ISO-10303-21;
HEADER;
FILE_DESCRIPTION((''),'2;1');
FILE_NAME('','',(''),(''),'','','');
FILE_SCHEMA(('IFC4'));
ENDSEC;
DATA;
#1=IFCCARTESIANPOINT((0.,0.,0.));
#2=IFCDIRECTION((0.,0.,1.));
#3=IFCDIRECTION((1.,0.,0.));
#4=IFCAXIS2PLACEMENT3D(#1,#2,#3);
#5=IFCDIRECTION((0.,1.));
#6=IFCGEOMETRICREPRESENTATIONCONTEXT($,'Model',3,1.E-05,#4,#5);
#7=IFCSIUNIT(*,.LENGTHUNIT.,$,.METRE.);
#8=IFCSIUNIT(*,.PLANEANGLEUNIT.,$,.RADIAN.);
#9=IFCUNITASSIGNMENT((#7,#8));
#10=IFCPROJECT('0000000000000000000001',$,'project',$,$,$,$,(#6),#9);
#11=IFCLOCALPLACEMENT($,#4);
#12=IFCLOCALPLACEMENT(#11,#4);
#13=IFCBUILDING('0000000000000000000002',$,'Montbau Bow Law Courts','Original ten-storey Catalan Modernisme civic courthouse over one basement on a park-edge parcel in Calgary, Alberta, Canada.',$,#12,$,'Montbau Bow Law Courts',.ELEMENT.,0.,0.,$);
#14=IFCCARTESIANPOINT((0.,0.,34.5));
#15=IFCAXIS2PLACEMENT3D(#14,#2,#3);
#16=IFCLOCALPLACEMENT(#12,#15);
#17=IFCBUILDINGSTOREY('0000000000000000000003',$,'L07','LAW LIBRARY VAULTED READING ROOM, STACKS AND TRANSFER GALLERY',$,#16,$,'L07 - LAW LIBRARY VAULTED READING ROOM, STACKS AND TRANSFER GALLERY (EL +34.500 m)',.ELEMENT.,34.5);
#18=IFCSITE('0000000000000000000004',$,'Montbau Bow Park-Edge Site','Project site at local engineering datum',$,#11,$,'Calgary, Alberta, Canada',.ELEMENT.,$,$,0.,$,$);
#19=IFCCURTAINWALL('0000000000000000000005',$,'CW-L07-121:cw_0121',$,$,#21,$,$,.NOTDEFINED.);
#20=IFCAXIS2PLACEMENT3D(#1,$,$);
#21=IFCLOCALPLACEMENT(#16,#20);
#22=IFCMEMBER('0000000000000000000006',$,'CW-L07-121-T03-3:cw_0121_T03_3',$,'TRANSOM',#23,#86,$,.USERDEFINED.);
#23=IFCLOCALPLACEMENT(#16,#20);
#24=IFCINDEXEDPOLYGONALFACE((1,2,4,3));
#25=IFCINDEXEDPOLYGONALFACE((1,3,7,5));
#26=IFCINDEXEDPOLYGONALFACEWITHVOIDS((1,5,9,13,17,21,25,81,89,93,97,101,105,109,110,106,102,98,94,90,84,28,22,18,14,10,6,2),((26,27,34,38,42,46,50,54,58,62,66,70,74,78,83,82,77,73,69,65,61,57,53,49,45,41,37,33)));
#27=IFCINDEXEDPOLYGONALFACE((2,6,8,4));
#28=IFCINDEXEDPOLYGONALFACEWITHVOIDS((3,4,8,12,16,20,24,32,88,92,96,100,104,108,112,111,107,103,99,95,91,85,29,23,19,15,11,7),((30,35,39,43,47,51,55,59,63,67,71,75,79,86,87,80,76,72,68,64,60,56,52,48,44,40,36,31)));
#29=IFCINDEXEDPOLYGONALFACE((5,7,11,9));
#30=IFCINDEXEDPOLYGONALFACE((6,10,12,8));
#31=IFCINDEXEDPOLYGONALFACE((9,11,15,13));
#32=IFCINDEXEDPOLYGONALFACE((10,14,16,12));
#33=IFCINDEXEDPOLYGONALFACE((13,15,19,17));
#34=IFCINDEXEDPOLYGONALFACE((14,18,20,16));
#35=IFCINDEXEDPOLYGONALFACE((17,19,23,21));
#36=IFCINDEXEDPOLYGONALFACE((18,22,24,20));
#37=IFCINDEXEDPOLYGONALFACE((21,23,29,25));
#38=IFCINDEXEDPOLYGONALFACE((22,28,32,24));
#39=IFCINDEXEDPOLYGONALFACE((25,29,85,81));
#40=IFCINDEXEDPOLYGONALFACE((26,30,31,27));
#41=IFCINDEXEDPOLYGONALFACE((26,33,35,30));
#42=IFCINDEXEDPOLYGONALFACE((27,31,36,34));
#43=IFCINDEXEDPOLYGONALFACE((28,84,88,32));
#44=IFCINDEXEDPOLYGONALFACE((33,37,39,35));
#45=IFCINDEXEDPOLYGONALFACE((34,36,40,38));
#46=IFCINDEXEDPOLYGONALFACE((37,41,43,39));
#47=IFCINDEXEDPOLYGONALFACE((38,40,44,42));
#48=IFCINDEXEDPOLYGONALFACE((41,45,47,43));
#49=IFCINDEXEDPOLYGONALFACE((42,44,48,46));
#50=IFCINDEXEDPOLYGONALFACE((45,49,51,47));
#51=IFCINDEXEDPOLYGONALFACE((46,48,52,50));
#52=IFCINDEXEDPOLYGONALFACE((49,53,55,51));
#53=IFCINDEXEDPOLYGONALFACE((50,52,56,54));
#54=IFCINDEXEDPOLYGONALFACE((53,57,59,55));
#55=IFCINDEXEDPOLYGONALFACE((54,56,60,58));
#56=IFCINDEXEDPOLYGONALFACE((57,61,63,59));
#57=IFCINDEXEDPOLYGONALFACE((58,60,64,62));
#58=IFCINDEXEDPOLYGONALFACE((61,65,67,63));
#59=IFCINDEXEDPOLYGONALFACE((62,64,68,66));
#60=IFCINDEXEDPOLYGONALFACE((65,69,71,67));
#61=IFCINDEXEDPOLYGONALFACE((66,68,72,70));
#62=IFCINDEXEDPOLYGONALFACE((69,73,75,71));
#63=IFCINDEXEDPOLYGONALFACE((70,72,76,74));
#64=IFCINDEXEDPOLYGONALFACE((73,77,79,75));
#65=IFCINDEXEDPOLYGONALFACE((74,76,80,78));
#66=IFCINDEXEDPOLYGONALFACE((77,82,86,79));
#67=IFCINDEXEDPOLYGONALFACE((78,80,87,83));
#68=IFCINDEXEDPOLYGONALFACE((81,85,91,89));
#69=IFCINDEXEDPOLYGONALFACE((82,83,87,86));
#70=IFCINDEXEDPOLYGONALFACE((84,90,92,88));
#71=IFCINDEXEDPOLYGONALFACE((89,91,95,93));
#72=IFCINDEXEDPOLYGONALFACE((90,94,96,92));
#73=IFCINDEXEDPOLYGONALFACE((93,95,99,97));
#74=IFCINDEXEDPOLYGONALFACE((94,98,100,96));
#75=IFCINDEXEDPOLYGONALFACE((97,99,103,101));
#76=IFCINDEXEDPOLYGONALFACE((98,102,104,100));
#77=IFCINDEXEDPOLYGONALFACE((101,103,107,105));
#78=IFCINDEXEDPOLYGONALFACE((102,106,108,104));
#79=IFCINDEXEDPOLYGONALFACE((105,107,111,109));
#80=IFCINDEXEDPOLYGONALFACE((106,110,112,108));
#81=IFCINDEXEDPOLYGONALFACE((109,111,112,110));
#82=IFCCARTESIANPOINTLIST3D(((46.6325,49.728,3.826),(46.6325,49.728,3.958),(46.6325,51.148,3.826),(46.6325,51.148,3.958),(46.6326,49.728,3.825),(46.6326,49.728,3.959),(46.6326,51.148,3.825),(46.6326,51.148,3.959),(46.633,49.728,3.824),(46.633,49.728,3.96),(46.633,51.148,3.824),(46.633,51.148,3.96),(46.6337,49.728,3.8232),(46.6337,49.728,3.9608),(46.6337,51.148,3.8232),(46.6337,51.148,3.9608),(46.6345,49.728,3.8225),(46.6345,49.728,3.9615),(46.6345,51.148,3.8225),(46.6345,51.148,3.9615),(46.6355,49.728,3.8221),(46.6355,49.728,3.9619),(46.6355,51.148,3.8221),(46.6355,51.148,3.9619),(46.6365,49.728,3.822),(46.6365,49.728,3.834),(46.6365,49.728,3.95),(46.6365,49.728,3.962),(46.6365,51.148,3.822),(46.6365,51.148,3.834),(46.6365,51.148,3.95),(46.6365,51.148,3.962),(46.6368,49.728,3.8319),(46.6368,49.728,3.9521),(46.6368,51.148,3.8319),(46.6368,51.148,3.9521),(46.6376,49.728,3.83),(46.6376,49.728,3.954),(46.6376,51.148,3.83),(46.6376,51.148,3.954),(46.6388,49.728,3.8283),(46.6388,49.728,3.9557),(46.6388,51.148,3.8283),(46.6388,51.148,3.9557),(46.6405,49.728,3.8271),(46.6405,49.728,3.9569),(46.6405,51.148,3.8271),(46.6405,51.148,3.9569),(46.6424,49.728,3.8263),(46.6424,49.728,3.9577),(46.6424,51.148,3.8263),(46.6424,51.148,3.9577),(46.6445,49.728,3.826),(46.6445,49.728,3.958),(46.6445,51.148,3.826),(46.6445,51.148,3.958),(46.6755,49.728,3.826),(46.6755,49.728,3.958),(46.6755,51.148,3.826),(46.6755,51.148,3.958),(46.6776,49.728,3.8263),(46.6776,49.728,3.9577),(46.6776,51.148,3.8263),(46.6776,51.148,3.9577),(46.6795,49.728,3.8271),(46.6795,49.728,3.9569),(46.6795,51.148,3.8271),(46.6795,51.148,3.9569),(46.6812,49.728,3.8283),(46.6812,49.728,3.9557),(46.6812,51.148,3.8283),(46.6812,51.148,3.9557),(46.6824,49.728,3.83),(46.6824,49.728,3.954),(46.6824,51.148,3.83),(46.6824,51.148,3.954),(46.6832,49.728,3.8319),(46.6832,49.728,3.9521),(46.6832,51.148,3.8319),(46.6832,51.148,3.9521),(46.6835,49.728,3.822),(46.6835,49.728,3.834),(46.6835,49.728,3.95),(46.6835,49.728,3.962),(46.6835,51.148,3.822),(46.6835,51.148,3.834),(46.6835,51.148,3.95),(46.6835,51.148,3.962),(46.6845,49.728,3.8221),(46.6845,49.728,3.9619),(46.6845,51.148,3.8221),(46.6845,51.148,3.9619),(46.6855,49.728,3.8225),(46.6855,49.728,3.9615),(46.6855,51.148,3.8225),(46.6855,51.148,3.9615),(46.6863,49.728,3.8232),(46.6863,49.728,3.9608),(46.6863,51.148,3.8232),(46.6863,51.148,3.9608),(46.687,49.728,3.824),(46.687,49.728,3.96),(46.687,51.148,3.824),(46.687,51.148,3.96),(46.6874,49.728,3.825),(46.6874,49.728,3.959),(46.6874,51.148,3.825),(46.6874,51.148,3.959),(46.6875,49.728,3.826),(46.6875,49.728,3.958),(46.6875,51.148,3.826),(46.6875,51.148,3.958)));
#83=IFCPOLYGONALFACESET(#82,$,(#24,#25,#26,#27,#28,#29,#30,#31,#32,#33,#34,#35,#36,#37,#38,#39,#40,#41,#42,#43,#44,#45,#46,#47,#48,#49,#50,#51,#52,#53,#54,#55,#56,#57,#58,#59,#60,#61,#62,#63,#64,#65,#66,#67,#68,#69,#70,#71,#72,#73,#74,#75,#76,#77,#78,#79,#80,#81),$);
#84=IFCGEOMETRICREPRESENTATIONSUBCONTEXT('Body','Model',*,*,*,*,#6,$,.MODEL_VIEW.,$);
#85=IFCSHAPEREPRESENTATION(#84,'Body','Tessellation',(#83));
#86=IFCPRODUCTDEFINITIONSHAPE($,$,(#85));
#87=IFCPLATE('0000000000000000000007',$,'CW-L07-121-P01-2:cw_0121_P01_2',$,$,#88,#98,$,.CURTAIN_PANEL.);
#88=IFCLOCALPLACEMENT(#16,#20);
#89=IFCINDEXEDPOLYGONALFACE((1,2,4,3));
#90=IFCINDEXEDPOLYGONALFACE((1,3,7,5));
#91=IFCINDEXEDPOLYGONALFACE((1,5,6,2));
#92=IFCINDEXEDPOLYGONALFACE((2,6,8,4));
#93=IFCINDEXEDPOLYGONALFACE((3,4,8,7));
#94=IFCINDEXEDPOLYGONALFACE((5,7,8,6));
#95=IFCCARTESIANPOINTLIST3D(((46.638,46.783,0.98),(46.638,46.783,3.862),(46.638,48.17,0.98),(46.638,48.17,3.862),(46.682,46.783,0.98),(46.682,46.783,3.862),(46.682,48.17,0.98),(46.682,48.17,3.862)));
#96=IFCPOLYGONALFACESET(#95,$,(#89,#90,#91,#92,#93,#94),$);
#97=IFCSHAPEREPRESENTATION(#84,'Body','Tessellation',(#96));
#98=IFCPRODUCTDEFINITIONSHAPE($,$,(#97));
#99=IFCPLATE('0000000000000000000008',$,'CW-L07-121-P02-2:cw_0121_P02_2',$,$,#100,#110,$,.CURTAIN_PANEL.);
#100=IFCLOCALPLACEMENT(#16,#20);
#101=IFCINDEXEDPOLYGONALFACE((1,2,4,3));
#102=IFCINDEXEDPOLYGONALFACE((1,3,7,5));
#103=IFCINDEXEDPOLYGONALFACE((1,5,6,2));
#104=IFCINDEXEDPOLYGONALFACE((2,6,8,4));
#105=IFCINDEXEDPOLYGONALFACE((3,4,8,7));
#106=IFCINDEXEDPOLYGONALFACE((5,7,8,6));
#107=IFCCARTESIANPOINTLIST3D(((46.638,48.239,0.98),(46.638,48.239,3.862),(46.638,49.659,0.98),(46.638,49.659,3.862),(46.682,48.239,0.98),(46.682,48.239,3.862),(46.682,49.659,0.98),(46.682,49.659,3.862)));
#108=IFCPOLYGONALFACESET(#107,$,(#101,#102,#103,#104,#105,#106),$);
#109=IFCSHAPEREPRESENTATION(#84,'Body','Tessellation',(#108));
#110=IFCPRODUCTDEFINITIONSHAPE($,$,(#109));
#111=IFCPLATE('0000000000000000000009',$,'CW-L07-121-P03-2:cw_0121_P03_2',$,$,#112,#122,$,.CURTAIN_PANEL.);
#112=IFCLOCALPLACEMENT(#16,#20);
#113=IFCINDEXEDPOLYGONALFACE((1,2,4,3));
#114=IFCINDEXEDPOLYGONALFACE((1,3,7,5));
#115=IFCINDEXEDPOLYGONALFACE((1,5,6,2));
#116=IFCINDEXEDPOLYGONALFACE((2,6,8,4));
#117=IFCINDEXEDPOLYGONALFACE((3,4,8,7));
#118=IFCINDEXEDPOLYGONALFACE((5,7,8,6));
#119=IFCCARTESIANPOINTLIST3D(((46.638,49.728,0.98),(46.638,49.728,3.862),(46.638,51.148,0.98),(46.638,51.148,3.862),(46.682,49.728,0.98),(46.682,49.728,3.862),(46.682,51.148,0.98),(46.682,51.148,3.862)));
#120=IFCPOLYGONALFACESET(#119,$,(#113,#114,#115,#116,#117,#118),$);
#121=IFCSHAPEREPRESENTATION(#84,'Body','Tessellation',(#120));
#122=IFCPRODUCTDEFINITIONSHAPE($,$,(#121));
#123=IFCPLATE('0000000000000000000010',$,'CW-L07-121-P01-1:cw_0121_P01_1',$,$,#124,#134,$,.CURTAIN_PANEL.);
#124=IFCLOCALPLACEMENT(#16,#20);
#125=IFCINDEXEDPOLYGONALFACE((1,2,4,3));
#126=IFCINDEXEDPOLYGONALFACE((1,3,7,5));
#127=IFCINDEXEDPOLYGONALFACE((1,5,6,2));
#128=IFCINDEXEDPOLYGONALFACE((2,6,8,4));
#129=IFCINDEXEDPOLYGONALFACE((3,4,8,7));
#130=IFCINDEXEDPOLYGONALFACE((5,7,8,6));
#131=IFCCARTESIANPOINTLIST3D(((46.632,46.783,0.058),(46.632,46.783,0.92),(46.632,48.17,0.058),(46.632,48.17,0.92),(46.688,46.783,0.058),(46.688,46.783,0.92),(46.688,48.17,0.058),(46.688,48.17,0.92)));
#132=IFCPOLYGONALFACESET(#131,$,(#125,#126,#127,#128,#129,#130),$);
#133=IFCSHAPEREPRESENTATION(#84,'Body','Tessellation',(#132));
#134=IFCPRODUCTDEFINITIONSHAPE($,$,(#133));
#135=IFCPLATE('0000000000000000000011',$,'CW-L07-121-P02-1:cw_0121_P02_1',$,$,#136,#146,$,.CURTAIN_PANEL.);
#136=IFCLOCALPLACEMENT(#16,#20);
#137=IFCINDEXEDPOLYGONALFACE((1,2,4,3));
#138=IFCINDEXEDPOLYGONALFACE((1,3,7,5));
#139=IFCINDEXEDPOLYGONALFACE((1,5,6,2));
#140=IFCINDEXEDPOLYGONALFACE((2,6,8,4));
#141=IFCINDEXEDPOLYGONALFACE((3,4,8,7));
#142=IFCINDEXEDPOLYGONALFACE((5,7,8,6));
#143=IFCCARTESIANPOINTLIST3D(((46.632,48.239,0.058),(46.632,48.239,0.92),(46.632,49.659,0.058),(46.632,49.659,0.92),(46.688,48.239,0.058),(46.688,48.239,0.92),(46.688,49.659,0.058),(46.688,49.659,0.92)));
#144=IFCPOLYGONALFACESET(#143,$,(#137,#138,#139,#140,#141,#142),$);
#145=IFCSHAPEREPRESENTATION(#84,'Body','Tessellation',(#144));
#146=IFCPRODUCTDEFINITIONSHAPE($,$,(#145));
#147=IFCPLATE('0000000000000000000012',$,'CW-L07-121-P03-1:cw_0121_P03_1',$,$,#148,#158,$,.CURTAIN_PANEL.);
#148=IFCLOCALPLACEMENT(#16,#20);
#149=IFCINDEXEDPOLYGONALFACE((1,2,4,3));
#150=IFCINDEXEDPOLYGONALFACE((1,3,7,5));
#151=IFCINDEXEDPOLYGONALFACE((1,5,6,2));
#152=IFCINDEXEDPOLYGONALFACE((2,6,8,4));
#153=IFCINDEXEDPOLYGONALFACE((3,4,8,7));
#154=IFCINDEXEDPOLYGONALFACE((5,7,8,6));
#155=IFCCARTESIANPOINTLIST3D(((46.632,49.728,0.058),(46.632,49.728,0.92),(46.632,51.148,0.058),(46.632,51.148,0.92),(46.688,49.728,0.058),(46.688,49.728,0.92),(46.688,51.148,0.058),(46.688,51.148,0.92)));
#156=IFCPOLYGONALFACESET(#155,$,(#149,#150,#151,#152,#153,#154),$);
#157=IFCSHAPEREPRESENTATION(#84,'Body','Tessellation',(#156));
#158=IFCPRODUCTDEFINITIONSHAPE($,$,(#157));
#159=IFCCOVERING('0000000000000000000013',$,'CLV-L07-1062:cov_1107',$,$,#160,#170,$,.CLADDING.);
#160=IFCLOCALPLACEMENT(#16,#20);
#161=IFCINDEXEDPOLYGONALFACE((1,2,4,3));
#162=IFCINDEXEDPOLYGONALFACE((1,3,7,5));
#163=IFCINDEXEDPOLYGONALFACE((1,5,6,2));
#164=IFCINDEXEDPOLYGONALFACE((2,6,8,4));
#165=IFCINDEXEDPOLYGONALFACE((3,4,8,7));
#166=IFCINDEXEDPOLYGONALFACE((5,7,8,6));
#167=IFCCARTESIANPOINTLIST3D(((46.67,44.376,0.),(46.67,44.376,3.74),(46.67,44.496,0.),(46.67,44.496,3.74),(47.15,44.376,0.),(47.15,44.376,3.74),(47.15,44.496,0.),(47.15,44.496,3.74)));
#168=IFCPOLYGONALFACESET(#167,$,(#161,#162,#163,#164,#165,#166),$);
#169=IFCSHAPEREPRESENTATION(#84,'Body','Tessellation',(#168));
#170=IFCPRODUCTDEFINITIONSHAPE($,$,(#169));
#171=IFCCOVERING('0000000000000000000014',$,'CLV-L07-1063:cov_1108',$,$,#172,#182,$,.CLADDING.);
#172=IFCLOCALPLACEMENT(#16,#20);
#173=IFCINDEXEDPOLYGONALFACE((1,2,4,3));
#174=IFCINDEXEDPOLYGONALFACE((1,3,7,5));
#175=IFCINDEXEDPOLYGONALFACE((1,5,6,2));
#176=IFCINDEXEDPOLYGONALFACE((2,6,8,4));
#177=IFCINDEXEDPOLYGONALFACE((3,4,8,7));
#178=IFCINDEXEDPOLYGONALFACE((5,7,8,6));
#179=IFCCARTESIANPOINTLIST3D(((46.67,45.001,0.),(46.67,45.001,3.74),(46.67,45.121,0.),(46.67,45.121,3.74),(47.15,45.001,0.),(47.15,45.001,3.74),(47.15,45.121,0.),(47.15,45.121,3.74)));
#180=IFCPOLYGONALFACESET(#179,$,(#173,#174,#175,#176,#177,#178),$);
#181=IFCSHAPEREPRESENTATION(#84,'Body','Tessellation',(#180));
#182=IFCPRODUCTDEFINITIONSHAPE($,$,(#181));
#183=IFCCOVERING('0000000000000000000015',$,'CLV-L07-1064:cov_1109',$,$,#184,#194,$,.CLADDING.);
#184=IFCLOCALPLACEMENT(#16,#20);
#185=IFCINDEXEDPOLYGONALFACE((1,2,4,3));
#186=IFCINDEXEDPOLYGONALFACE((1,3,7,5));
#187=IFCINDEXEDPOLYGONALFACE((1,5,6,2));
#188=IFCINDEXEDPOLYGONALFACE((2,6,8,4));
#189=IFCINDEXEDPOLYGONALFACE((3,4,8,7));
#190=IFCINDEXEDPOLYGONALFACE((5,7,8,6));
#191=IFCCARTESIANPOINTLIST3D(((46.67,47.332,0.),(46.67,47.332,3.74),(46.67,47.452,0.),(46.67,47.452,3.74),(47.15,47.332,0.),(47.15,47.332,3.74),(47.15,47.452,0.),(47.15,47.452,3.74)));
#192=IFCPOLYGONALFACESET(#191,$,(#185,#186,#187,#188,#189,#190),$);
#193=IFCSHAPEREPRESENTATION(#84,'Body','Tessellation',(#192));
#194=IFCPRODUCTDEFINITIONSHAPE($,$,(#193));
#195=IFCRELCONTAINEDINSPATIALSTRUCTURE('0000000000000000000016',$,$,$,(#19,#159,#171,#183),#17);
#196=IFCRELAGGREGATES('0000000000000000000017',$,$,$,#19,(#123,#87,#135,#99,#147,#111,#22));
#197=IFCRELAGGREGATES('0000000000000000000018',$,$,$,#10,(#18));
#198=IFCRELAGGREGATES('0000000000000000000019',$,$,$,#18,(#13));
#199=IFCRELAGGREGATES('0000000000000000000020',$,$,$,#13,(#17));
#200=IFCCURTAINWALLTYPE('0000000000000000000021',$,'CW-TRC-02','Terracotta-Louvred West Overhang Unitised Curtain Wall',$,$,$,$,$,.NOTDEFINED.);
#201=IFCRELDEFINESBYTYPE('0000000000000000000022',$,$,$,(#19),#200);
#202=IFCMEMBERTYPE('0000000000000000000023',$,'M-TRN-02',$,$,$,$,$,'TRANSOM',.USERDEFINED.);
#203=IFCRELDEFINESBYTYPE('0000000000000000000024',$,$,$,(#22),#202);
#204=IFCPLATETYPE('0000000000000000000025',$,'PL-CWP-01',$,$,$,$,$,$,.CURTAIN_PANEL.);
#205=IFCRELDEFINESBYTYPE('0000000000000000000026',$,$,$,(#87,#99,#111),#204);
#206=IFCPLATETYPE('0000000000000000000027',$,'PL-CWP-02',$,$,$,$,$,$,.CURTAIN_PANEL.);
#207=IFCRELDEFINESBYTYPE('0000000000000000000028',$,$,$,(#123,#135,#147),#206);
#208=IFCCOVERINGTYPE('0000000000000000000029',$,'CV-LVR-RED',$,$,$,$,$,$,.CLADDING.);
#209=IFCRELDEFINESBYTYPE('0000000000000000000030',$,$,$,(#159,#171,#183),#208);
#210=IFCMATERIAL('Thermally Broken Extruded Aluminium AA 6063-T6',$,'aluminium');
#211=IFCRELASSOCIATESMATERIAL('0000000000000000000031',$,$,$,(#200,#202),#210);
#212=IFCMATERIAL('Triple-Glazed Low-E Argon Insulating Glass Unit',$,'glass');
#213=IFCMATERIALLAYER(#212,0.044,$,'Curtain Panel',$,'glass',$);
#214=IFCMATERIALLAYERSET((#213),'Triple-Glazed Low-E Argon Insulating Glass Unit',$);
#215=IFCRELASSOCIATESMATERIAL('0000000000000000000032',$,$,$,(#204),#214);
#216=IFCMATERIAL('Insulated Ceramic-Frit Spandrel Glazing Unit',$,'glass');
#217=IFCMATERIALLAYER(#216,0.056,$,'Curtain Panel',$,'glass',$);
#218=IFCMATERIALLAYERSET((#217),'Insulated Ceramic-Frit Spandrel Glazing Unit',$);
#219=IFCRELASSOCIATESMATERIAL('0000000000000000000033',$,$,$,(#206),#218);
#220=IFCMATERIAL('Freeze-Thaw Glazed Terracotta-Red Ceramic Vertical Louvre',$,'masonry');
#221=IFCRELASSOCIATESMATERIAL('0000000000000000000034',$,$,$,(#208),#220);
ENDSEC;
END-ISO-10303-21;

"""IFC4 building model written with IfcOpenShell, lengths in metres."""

from ifc_helpers import new_model, si_unit, direction, frame, frame_2d, origin_with_axes, origin_2d_with_axis, place, context, subcontext, project, spatial, rectangle, hollow_rectangle, extrude, material, layer, layer_set, material_profile, profile_set, type_object, element, aggregate, save


model = new_model("IFC4")

# Units and contexts
model_context = context("Model", 3, precision=1e-05, world=origin_with_axes(), true_north=direction((0.0, 1.0)))
body_context = subcontext(model_context, "Body", "Model", "MODEL_VIEW")
ifc_project = project(units=[si_unit("LENGTHUNIT", "METRE"), si_unit("PLANEANGLEUNIT", "RADIAN")], contexts=[model_context])

# Site, building, storey
site_placement = place(None, origin_with_axes())
site = spatial("IfcSite", under=ifc_project, at=site_placement, Name="Montbau Bow Park-Edge Site", Description="Project site at local engineering datum", LongName="Calgary, Alberta, Canada", CompositionType="ELEMENT", RefElevation=0.0)
building_placement = place(site_placement, origin_with_axes())
building = spatial("IfcBuilding", under=site, at=building_placement, Name="Montbau Bow Law Courts", Description="Original ten-storey Catalan Modernisme civic courthouse over one basement on a park-edge parcel in Calgary, Alberta, Canada.", LongName="Montbau Bow Law Courts", CompositionType="ELEMENT", ElevationOfRefHeight=0.0, ElevationOfTerrain=0.0)
storey_placement = place(building_placement, frame((0.0, 0.0, 34.5), z_axis=(0.0, 0.0, 1.0), x_axis=(1.0, 0.0, 0.0)))
storey = spatial("IfcBuildingStorey", under=building, at=storey_placement, Name="L07", Description="LAW LIBRARY VAULTED READING ROOM, STACKS AND TRANSFER GALLERY", LongName="L07 - LAW LIBRARY VAULTED READING ROOM, STACKS AND TRANSFER GALLERY (EL +34.500 m)", CompositionType="ELEMENT", Elevation=34.5)

# Shared definitions
ifc_material_1 = material(Name="Thermally Broken Extruded Aluminium AA 6063-T6", Category="aluminium")
curtain_wall_type = type_object("IfcCurtainWallType", Name="CW-TRC-02", Description="Terracotta-Louvred West Overhang Unitised Curtain Wall", PredefinedType="NOTDEFINED", material=ifc_material_1)

# Curtain wall
curtain_wall_1_placement = place(None, frame((46.66, 46.715, 34.5), z_axis=(0.0, 0.0, 1.0), x_axis=(1.0, 0.0, 0.0)))
curtain_wall_1 = element("IfcCurtainWall", 1, at=curtain_wall_1_placement, inside=storey, type_object=curtain_wall_type, Name="CW-L07-121:cw_0121", PredefinedType="NOTDEFINED")

# Member
ifc_material_profile_1 = material_profile(ifc_material_1, hollow_rectangle(XDim=0.055, YDim=0.14, WallThickness=0.004, InnerFilletRadius=0.008, OuterFilletRadius=0.004, at=origin_2d_with_axis()), Name="CWT-140X55", Category="Main", Priority=0)
ifc_profile_set_1 = profile_set([ifc_material_profile_1], Name="Thermally Broken Extruded Aluminium AA 6063-T6")
member_type_1 = type_object("IfcMemberType", Name="M-TRN-02", ElementType="TRANSOM", PredefinedType="USERDEFINED", material=ifc_profile_set_1)
member_1_placement = place(None, frame((46.66, 49.728, 38.392), z_axis=(0.0, 1.0, 0.0), x_axis=(-1.0, 0.0, 0.0)))
member_1 = element("IfcMember", 2, at=member_1_placement, type_object=member_type_1, Name="CW-L07-121-T03-3:cw_0121_T03_3", ObjectType="TRANSOM", PredefinedType="USERDEFINED", context=body_context, shape_type="SweptSolid", body=[
    extrude(hollow_rectangle(XDim=0.055, YDim=0.14, WallThickness=0.004, InnerFilletRadius=0.008, OuterFilletRadius=0.004, at=origin_2d_with_axis()), origin_with_axes(), (0.0, 0.0, 1.0), 1.42),
])

# Plates
ifc_material_2 = material(Name="Triple-Glazed Low-E Argon Insulating Glass Unit", Category="glass")
ifc_layer_1 = layer(ifc_material_2, 0.044, Name="Curtain Panel", Category="glass")
ifc_layer_set_1 = layer_set([ifc_layer_1], Name="Triple-Glazed Low-E Argon Insulating Glass Unit")
plate_type_1 = type_object("IfcPlateType", Name="PL-CWP-01", PredefinedType="CURTAIN_PANEL", material=ifc_layer_set_1)
plate_1_placement = place(None, frame((46.66, 46.783, 35.48), z_axis=(1.0, 0.0, 0.0), x_axis=(0.0, 1.0, 0.0)))
plate_1 = element("IfcPlate", 3, at=plate_1_placement, type_object=plate_type_1, Name="CW-L07-121-P01-2:cw_0121_P01_2", PredefinedType="CURTAIN_PANEL", context=body_context, shape_type="SweptSolid", body=[
    extrude(rectangle(XDim=1.387, YDim=2.882, at=frame_2d((0.6935, 1.441), x_axis=(1.0, 0.0))), frame((0.0, 0.0, -0.022), z_axis=(0.0, 0.0, 1.0), x_axis=(1.0, 0.0, 0.0)), (0.0, 0.0, 1.0), 0.044),
])
plate_2_placement = place(None, frame((46.66, 48.239, 35.48), z_axis=(1.0, 0.0, 0.0), x_axis=(0.0, 1.0, 0.0)))
plate_2 = element("IfcPlate", 4, at=plate_2_placement, type_object=plate_type_1, Name="CW-L07-121-P02-2:cw_0121_P02_2", PredefinedType="CURTAIN_PANEL", context=body_context, shape_type="SweptSolid", body=[
    extrude(rectangle(XDim=1.42, YDim=2.882, at=frame_2d((0.71, 1.441), x_axis=(1.0, 0.0))), frame((0.0, 0.0, -0.022), z_axis=(0.0, 0.0, 1.0), x_axis=(1.0, 0.0, 0.0)), (0.0, 0.0, 1.0), 0.044),
])
plate_3_placement = place(None, frame((46.66, 49.728, 35.48), z_axis=(1.0, 0.0, 0.0), x_axis=(0.0, 1.0, 0.0)))
plate_3 = element("IfcPlate", 5, at=plate_3_placement, type_object=plate_type_1, Name="CW-L07-121-P03-2:cw_0121_P03_2", PredefinedType="CURTAIN_PANEL", context=body_context, shape_type="SweptSolid", body=[
    extrude(rectangle(XDim=1.42, YDim=2.882, at=frame_2d((0.71, 1.441), x_axis=(1.0, 0.0))), frame((0.0, 0.0, -0.022), z_axis=(0.0, 0.0, 1.0), x_axis=(1.0, 0.0, 0.0)), (0.0, 0.0, 1.0), 0.044),
])
ifc_material_3 = material(Name="Insulated Ceramic-Frit Spandrel Glazing Unit", Category="glass")
ifc_layer_2 = layer(ifc_material_3, 0.056, Name="Curtain Panel", Category="glass")
ifc_layer_set_2 = layer_set([ifc_layer_2], Name="Insulated Ceramic-Frit Spandrel Glazing Unit")
plate_type_2 = type_object("IfcPlateType", Name="PL-CWP-02", PredefinedType="CURTAIN_PANEL", material=ifc_layer_set_2)
plate_4_placement = place(None, frame((46.66, 46.783, 34.558), z_axis=(1.0, 0.0, 0.0), x_axis=(0.0, 1.0, 0.0)))
plate_4 = element("IfcPlate", 6, at=plate_4_placement, type_object=plate_type_2, Name="CW-L07-121-P01-1:cw_0121_P01_1", PredefinedType="CURTAIN_PANEL", context=body_context, shape_type="SweptSolid", body=[
    extrude(rectangle(XDim=1.387, YDim=0.862, at=frame_2d((0.6935, 0.431), x_axis=(1.0, 0.0))), frame((0.0, 0.0, -0.028), z_axis=(0.0, 0.0, 1.0), x_axis=(1.0, 0.0, 0.0)), (0.0, 0.0, 1.0), 0.056),
])
plate_5_placement = place(None, frame((46.66, 48.239, 34.558), z_axis=(1.0, 0.0, 0.0), x_axis=(0.0, 1.0, 0.0)))
plate_5 = element("IfcPlate", 7, at=plate_5_placement, type_object=plate_type_2, Name="CW-L07-121-P02-1:cw_0121_P02_1", PredefinedType="CURTAIN_PANEL", context=body_context, shape_type="SweptSolid", body=[
    extrude(rectangle(XDim=1.42, YDim=0.862, at=frame_2d((0.71, 0.431), x_axis=(1.0, 0.0))), frame((0.0, 0.0, -0.028), z_axis=(0.0, 0.0, 1.0), x_axis=(1.0, 0.0, 0.0)), (0.0, 0.0, 1.0), 0.056),
])
plate_6_placement = place(None, frame((46.66, 49.728, 34.558), z_axis=(1.0, 0.0, 0.0), x_axis=(0.0, 1.0, 0.0)))
plate_6 = element("IfcPlate", 8, at=plate_6_placement, type_object=plate_type_2, Name="CW-L07-121-P03-1:cw_0121_P03_1", PredefinedType="CURTAIN_PANEL", context=body_context, shape_type="SweptSolid", body=[
    extrude(rectangle(XDim=1.42, YDim=0.862, at=frame_2d((0.71, 0.431), x_axis=(1.0, 0.0))), frame((0.0, 0.0, -0.028), z_axis=(0.0, 0.0, 1.0), x_axis=(1.0, 0.0, 0.0)), (0.0, 0.0, 1.0), 0.056),
])
aggregate(curtain_wall_1, [plate_4, plate_1, plate_5, plate_2, plate_6, plate_3, member_1])

# Coverings
ifc_material_4 = material(Name="Freeze-Thaw Glazed Terracotta-Red Ceramic Vertical Louvre", Category="masonry")
covering_type = type_object("IfcCoveringType", Name="CV-LVR-RED", PredefinedType="CLADDING", material=ifc_material_4)
for number, where, z_axis, x_axis, name in (
    (9, (46.67, 44.436, 34.5), (0.0, -1.0, 0.0), (1.0, 0.0, 0.0), "CLV-L07-1062:cov_1107"),
    (10, (46.67, 45.061, 34.5), (0.0, -1.0, 0.0), (1.0, 0.0, 0.0), "CLV-L07-1063:cov_1108"),
    (11, (46.67, 47.392, 34.5), (0.0, -1.0, 0.0), (1.0, 0.0, 0.0), "CLV-L07-1064:cov_1109"),
):
    element("IfcCovering", number, at=place(None, frame(where, z_axis=z_axis, x_axis=x_axis)), inside=storey, type_object=covering_type, Name=name, PredefinedType="CLADDING", context=body_context, shape_type="SweptSolid", body=[
        extrude(rectangle(XDim=0.48, YDim=3.74, at=frame_2d((0.24, 1.87), x_axis=(1.0, 0.0))), frame((0.0, 0.0, -0.06), z_axis=(0.0, 0.0, 1.0), x_axis=(1.0, 0.0, 0.0)), (0.0, 0.0, 1.0), 0.12),
    ])

save(model, "model.ifc")
